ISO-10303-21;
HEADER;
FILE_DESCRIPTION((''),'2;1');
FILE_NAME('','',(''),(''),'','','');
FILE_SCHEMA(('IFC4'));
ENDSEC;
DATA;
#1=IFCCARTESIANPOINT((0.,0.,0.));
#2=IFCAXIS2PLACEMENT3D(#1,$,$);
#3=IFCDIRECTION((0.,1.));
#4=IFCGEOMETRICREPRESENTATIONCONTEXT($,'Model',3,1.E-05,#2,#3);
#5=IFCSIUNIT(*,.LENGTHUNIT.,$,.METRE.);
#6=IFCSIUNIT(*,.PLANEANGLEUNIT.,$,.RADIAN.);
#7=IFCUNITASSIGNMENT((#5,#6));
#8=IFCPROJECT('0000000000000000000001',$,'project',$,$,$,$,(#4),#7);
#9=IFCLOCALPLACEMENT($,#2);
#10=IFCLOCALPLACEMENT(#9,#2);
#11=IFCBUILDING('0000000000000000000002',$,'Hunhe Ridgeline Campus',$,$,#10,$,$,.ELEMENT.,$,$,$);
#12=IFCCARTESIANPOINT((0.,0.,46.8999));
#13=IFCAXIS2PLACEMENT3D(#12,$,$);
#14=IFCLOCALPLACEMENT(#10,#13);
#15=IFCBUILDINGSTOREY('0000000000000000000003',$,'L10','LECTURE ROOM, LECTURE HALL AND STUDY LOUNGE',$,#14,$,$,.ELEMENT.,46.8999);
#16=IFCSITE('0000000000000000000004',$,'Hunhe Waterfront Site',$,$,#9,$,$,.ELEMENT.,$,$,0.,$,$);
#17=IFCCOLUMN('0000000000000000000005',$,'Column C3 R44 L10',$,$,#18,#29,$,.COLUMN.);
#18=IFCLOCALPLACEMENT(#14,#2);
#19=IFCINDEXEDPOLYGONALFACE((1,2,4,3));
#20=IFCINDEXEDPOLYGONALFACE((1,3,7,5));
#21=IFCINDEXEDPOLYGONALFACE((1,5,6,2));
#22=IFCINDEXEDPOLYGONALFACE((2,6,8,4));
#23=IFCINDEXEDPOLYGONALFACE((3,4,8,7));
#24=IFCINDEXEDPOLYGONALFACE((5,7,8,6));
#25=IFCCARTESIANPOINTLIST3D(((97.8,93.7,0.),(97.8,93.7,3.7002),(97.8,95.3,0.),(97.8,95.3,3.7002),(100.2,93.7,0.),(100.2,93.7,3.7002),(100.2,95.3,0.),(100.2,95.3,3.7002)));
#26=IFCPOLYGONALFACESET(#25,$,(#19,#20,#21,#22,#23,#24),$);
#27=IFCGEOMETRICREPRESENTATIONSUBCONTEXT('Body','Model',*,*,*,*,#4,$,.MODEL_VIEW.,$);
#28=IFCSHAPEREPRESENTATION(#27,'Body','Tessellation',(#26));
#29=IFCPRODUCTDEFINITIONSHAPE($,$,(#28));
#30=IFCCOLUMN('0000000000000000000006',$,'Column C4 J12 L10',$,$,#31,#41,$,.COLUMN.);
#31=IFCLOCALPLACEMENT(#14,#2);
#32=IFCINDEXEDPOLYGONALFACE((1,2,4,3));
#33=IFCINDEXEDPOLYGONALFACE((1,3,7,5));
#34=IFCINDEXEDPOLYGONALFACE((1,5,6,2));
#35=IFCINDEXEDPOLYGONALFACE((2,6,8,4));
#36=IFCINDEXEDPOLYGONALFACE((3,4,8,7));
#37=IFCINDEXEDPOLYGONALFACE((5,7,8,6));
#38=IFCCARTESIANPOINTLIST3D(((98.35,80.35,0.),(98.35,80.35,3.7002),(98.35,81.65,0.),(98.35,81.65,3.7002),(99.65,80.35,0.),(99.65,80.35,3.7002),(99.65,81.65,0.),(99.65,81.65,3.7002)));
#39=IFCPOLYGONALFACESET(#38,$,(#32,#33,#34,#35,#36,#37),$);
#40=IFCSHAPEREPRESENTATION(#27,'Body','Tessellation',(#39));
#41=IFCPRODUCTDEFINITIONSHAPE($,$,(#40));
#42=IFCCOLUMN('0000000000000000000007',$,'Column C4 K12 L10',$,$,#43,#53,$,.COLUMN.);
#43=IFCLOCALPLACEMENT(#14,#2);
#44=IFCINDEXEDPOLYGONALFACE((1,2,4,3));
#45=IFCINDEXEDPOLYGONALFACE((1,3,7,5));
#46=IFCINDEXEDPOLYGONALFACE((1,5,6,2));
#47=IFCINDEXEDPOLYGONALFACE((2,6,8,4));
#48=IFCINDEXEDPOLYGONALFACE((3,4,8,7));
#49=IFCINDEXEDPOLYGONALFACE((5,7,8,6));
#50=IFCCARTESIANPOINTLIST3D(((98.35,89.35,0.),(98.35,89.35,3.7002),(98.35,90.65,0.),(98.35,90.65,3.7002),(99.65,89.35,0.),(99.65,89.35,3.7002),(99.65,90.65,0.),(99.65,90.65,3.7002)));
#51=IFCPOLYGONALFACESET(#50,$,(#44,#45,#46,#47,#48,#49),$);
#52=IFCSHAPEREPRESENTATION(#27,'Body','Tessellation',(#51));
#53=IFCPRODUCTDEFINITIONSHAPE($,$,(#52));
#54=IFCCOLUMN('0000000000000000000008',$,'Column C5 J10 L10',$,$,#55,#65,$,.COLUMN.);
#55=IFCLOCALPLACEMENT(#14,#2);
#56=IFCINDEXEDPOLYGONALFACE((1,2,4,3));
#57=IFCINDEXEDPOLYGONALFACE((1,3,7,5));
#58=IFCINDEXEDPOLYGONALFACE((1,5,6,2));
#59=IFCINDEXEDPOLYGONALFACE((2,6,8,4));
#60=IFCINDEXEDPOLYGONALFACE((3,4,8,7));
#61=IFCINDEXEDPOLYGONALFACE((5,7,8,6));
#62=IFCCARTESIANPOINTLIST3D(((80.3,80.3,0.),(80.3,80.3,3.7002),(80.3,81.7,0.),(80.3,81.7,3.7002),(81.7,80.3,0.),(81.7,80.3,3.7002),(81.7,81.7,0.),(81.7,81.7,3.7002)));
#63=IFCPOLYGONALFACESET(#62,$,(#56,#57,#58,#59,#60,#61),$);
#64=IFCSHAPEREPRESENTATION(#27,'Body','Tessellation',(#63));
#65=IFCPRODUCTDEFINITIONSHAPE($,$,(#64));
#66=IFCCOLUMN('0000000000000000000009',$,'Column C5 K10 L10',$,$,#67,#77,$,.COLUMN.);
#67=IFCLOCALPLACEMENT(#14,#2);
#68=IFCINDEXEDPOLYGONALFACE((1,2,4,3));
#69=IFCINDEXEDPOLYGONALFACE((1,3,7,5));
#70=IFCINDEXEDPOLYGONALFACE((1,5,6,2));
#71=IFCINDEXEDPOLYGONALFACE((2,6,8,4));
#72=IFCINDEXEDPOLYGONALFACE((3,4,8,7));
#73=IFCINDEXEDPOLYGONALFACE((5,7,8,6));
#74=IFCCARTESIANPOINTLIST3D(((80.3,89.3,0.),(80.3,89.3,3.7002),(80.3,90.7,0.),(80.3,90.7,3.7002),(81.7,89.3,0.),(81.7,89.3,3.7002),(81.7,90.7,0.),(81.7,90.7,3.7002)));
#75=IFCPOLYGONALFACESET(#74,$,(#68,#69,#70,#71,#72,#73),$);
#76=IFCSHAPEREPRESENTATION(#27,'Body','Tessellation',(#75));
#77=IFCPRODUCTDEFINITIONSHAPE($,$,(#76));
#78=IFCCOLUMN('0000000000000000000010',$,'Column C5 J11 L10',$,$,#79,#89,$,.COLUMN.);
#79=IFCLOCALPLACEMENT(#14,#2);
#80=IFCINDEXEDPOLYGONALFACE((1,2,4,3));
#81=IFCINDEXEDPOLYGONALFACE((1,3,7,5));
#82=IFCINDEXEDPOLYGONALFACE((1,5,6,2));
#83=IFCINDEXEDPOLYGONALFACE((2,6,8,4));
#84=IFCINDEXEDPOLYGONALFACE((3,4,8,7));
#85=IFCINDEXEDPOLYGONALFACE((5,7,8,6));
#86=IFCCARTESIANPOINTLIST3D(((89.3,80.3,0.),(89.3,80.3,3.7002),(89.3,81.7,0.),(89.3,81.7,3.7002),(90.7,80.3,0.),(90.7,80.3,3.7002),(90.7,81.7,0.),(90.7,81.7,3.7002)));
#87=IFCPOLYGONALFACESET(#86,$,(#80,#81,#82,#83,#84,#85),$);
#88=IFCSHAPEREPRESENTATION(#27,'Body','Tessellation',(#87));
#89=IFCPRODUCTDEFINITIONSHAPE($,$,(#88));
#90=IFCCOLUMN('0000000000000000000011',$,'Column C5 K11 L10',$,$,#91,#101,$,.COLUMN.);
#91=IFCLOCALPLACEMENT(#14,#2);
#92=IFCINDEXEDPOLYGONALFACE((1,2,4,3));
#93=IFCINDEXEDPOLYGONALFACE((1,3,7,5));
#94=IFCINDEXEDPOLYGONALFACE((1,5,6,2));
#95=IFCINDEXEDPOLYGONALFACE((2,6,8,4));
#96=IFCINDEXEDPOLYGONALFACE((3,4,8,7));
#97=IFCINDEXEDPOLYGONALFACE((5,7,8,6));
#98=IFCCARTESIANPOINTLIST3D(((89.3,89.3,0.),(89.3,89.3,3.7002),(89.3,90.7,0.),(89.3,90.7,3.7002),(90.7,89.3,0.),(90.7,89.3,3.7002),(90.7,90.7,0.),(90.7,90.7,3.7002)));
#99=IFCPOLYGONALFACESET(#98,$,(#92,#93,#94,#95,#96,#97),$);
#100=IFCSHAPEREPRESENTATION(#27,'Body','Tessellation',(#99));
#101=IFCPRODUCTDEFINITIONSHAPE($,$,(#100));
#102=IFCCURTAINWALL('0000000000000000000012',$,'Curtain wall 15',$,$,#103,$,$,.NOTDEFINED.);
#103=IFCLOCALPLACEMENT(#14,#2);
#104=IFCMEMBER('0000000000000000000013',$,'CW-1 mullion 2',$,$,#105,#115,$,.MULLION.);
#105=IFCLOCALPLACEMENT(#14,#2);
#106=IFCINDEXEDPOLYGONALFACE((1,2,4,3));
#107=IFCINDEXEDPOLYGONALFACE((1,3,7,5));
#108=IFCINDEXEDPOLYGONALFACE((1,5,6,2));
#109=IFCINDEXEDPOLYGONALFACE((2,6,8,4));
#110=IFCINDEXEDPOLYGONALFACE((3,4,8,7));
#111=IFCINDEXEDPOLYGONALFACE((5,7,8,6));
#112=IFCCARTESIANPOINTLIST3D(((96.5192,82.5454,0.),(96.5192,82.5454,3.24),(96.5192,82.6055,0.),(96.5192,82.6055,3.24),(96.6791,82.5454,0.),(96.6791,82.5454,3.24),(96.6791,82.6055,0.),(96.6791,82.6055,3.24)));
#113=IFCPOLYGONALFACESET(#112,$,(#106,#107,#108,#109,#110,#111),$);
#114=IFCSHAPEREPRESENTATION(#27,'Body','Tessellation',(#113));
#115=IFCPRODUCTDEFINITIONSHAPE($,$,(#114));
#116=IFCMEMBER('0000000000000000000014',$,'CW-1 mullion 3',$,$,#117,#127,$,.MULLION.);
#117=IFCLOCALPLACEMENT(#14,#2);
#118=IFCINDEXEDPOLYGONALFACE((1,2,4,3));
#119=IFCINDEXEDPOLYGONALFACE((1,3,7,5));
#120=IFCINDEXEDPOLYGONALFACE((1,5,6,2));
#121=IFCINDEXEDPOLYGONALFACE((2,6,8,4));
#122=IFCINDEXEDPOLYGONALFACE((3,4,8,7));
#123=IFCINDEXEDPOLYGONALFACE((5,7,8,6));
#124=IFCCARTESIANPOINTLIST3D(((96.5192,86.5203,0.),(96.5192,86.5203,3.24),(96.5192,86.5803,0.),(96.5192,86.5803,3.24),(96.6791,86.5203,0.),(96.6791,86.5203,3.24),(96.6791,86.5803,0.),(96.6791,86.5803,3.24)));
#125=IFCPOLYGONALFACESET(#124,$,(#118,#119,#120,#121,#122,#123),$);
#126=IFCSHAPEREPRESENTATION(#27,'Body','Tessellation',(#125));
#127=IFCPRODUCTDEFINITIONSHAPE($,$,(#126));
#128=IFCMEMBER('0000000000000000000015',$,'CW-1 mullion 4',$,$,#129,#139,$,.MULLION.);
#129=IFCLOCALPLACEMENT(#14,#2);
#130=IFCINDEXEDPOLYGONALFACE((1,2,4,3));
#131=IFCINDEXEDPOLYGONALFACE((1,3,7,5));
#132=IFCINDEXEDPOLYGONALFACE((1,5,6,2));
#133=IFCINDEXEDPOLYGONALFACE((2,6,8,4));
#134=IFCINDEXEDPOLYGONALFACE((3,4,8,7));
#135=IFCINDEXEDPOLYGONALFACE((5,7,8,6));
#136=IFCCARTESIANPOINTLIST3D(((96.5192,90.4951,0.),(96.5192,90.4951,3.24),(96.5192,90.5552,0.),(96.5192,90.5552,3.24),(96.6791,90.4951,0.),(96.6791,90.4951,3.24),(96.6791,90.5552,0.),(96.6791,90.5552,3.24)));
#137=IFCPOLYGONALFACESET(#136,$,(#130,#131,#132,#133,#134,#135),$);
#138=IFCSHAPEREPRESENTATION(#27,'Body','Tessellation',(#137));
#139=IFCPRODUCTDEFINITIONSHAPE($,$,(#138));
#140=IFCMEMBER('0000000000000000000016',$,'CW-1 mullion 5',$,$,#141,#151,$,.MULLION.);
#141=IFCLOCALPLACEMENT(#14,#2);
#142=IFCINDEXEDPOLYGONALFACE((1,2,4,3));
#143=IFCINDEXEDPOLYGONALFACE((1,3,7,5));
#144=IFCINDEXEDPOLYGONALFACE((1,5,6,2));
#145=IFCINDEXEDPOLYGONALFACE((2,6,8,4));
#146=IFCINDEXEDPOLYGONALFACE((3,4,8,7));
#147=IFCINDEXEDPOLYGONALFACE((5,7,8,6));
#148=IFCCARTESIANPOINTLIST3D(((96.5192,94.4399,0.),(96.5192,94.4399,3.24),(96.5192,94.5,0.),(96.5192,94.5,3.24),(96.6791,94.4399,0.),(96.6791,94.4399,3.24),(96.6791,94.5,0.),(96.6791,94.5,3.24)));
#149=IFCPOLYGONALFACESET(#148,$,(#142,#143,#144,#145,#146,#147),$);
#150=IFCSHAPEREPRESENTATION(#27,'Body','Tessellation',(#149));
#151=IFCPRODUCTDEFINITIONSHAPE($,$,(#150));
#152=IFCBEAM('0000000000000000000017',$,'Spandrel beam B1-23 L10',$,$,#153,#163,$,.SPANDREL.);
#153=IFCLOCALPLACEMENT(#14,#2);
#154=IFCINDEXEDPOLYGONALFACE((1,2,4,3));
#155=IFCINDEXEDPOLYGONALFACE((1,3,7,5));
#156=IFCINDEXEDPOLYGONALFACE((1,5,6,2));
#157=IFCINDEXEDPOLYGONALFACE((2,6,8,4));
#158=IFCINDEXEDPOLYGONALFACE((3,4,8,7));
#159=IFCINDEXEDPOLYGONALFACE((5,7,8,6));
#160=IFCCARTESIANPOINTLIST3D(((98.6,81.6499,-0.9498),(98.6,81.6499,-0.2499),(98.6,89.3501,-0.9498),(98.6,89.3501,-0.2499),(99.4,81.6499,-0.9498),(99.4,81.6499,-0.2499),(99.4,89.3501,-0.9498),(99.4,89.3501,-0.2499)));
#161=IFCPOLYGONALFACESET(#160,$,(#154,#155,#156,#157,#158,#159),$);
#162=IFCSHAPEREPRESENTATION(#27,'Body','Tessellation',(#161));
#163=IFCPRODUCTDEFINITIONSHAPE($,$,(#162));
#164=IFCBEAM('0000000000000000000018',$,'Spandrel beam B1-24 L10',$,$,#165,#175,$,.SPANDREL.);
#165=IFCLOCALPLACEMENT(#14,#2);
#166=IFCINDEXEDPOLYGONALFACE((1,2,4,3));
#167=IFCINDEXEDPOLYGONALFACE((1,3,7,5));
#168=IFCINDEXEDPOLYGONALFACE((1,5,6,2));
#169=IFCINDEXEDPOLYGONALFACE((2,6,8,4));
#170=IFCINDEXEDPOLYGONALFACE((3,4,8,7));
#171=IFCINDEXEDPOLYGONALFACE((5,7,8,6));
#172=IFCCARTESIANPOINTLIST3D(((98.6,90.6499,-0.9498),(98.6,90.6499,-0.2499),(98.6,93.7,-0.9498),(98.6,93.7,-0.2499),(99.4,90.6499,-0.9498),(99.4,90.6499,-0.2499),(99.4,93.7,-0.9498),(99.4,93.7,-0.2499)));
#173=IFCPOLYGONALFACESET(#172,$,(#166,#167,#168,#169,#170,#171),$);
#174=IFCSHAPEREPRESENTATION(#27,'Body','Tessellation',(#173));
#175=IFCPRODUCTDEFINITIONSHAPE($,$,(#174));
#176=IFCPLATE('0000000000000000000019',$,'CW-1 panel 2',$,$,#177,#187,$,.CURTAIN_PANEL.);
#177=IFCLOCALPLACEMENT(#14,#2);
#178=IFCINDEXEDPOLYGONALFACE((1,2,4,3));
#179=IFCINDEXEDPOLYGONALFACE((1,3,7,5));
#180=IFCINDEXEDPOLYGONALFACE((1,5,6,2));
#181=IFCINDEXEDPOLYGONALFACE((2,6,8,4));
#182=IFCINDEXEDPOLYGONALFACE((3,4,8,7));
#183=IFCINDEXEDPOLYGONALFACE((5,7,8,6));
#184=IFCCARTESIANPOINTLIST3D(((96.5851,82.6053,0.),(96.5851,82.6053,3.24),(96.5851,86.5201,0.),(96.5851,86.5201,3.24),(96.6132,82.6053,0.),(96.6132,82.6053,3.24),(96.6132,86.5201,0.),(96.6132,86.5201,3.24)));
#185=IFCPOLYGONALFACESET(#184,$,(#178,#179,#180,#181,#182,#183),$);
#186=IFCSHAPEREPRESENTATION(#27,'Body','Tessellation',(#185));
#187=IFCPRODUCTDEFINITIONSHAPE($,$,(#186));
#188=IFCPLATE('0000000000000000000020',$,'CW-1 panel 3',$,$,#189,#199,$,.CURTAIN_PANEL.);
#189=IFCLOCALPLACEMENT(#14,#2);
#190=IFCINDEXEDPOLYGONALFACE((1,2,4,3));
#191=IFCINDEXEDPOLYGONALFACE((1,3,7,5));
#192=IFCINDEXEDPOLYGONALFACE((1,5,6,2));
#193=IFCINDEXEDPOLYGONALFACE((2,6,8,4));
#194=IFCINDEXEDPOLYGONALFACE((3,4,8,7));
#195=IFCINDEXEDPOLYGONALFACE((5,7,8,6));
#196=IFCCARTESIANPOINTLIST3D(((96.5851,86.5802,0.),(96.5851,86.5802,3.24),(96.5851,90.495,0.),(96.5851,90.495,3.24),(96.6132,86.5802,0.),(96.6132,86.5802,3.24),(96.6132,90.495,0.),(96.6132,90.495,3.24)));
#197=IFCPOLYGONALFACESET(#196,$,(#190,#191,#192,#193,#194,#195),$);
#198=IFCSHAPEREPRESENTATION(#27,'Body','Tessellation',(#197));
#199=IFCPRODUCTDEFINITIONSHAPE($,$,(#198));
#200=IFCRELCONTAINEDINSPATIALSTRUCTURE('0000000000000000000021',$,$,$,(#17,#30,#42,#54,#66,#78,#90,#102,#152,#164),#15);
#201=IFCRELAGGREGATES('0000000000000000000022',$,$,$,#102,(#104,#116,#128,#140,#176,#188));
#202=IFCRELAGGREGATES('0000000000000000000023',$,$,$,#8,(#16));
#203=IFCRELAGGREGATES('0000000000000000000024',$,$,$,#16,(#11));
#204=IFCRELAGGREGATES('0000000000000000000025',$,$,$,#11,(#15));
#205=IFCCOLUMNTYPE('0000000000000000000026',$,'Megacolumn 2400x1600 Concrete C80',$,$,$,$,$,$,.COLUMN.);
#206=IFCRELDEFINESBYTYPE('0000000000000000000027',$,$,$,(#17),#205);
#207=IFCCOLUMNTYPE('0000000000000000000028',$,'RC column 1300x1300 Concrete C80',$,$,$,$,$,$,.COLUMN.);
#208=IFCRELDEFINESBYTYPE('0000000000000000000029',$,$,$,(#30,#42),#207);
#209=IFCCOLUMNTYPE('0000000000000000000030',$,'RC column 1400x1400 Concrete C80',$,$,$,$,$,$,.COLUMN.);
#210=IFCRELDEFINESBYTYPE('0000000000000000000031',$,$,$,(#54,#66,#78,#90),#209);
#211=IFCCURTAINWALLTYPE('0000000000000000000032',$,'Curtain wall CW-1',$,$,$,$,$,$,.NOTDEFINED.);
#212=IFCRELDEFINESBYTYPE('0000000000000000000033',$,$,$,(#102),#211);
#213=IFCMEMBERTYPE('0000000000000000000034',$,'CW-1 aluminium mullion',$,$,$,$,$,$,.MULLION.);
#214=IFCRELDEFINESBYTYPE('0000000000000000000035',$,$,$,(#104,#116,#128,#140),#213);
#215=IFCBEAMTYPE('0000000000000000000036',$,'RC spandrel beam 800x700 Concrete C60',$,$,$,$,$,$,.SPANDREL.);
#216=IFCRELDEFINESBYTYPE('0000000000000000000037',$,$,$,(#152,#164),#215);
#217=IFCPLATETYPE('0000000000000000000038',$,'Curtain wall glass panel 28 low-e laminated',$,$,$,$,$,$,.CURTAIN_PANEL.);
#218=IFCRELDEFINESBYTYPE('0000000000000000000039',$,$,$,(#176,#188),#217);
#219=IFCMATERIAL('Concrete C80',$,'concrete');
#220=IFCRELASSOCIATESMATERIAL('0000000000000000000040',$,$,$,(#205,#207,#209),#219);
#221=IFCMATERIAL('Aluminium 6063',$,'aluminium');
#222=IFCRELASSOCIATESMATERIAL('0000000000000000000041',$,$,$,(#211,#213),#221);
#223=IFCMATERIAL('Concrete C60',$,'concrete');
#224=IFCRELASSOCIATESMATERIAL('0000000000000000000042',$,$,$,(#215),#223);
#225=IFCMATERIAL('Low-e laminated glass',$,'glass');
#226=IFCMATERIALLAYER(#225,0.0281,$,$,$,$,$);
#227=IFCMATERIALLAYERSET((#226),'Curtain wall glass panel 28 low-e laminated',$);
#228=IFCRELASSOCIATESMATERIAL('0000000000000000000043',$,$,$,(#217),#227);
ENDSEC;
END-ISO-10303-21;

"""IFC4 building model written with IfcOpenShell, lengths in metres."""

from ifc_helpers import new_model, si_unit, direction, frame, origin, origin_2d, place, context, subcontext, project, spatial, rectangle, extrude, material, layer, layer_set, material_profile, profile_set, type_object, element, aggregate, save


model = new_model("IFC4")

# Units and contexts
model_context = context("Model", 3, precision=1e-05, world=origin(), true_north=direction((0.0, 1.0)))
body_context = subcontext(model_context, "Body", "Model", "MODEL_VIEW")
ifc_project = project(units=[si_unit("LENGTHUNIT", "METRE"), si_unit("PLANEANGLEUNIT", "RADIAN")], contexts=[model_context])

# Site, building, storey
site_placement = place(None, origin())
site = spatial("IfcSite", under=ifc_project, at=site_placement, Name="Hunhe Waterfront Site", CompositionType="ELEMENT", RefElevation=0.0)
building_placement = place(site_placement, origin())
building = spatial("IfcBuilding", under=site, at=building_placement, Name="Hunhe Ridgeline Campus", CompositionType="ELEMENT")
storey_placement = place(building_placement, frame((0.0, 0.0, 46.8999)))
storey = spatial("IfcBuildingStorey", under=building, at=storey_placement, Name="L10", Description="LECTURE ROOM, LECTURE HALL AND STUDY LOUNGE", CompositionType="ELEMENT", Elevation=46.8999)

# Columns
ifc_material_1 = material(Name="Concrete C80", Category="concrete")
ifc_material_profile_1 = material_profile(ifc_material_1, rectangle(XDim=2.3999, YDim=1.6001, at=origin_2d()))
ifc_profile_set_1 = profile_set([ifc_material_profile_1], Name="Concrete C80")
column_type_1 = type_object("IfcColumnType", Name="Megacolumn 2400x1600 Concrete C80", PredefinedType="COLUMN", material=ifc_profile_set_1)
column_placement = place(storey_placement, frame((99.0, 94.5, 0.0), z_axis=(0.0, 0.0, 1.0), x_axis=(1.0, 0.0, 0.0)))
element("IfcColumn", 1, at=column_placement, inside=storey, type_object=column_type_1, Name="Column C3 R44 L10", PredefinedType="COLUMN", context=body_context, shape_type="SweptSolid", body=[
    extrude(rectangle(XDim=2.3999, YDim=1.6001, at=origin_2d()), origin(), (0.0, 0.0, 1.0), 3.7002),
])
ifc_material_profile_2 = material_profile(ifc_material_1, rectangle(XDim=1.3, YDim=1.3, at=origin_2d()))
ifc_profile_set_2 = profile_set([ifc_material_profile_2], Name="Concrete C80")
column_type_2 = type_object("IfcColumnType", Name="RC column 1300x1300 Concrete C80", PredefinedType="COLUMN", material=ifc_profile_set_2)
for number, where, z_axis, x_axis, name in (
    (2, (99.0, 81.0, 0.0), (0.0, 0.0, 1.0), (1.0, 0.0, 0.0), "Column C4 J12 L10"),
    (3, (99.0, 90.0, 0.0), (0.0, 0.0, 1.0), (1.0, 0.0, 0.0), "Column C4 K12 L10"),
):
    element("IfcColumn", number, at=place(storey_placement, frame(where, z_axis=z_axis, x_axis=x_axis)), inside=storey, type_object=column_type_2, Name=name, PredefinedType="COLUMN", context=body_context, shape_type="SweptSolid", body=[
        extrude(rectangle(XDim=1.3, YDim=1.3, at=origin_2d()), origin(), (0.0, 0.0, 1.0), 3.7002),
    ])
ifc_material_profile_3 = material_profile(ifc_material_1, rectangle(XDim=1.3999, YDim=1.3999, at=origin_2d()))
ifc_profile_set_3 = profile_set([ifc_material_profile_3], Name="Concrete C80")
column_type_3 = type_object("IfcColumnType", Name="RC column 1400x1400 Concrete C80", PredefinedType="COLUMN", material=ifc_profile_set_3)
for number, where, z_axis, x_axis, name in (
    (4, (81.0, 81.0, 0.0), (0.0, 0.0, 1.0), (1.0, 0.0, 0.0), "Column C5 J10 L10"),
    (5, (81.0, 90.0, 0.0), (0.0, 0.0, 1.0), (1.0, 0.0, 0.0), "Column C5 K10 L10"),
    (6, (90.0, 81.0, 0.0), (0.0, 0.0, 1.0), (1.0, 0.0, 0.0), "Column C5 J11 L10"),
    (7, (90.0, 90.0, 0.0), (0.0, 0.0, 1.0), (1.0, 0.0, 0.0), "Column C5 K11 L10"),
):
    element("IfcColumn", number, at=place(storey_placement, frame(where, z_axis=z_axis, x_axis=x_axis)), inside=storey, type_object=column_type_3, Name=name, PredefinedType="COLUMN", context=body_context, shape_type="SweptSolid", body=[
        extrude(rectangle(XDim=1.3999, YDim=1.3999, at=origin_2d()), origin(), (0.0, 0.0, 1.0), 3.7002),
    ])

# Curtain wall, members
ifc_material_2 = material(Name="Aluminium 6063", Category="aluminium")
curtain_wall_type = type_object("IfcCurtainWallType", Name="Curtain wall CW-1", PredefinedType="NOTDEFINED", material=ifc_material_2)
curtain_wall_placement = place(storey_placement, origin())
curtain_wall = element("IfcCurtainWall", 8, at=curtain_wall_placement, inside=storey, type_object=curtain_wall_type, Name="Curtain wall 15", PredefinedType="NOTDEFINED")
ifc_material_profile_4 = material_profile(ifc_material_2, rectangle(XDim=0.1599, YDim=0.0601, at=origin_2d()))
ifc_profile_set_4 = profile_set([ifc_material_profile_4], Name="Aluminium 6063")
member_type = type_object("IfcMemberType", Name="CW-1 aluminium mullion", PredefinedType="MULLION", material=ifc_profile_set_4)
member_1_placement = place(storey_placement, frame((96.5991, 82.5754, 0.0), z_axis=(0.0, 0.0, 1.0), x_axis=(-1.0, 0.0, 0.0)))
member_1 = element("IfcMember", 9, at=member_1_placement, type_object=member_type, Name="CW-1 mullion 2", PredefinedType="MULLION", context=body_context, shape_type="SweptSolid", body=[
    extrude(rectangle(XDim=0.1599, YDim=0.0601, at=origin_2d()), origin(), (0.0, 0.0, 1.0), 3.24),
])
member_2_placement = place(storey_placement, frame((96.5991, 86.5503, 0.0), z_axis=(0.0, 0.0, 1.0), x_axis=(-1.0, 0.0, 0.0)))
member_2 = element("IfcMember", 10, at=member_2_placement, type_object=member_type, Name="CW-1 mullion 3", PredefinedType="MULLION", context=body_context, shape_type="SweptSolid", body=[
    extrude(rectangle(XDim=0.1599, YDim=0.0601, at=origin_2d()), origin(), (0.0, 0.0, 1.0), 3.24),
])
member_3_placement = place(storey_placement, frame((96.5991, 90.5251, 0.0), z_axis=(0.0, 0.0, 1.0), x_axis=(-1.0, 0.0, 0.0)))
member_3 = element("IfcMember", 11, at=member_3_placement, type_object=member_type, Name="CW-1 mullion 4", PredefinedType="MULLION", context=body_context, shape_type="SweptSolid", body=[
    extrude(rectangle(XDim=0.1599, YDim=0.0601, at=origin_2d()), origin(), (0.0, 0.0, 1.0), 3.24),
])
member_4_placement = place(storey_placement, frame((96.5991, 94.47, 0.0), z_axis=(0.0, 0.0, 1.0), x_axis=(-1.0, 0.0, 0.0)))
member_4 = element("IfcMember", 12, at=member_4_placement, type_object=member_type, Name="CW-1 mullion 5", PredefinedType="MULLION", context=body_context, shape_type="SweptSolid", body=[
    extrude(rectangle(XDim=0.1599, YDim=0.0601, at=origin_2d()), origin(), (0.0, 0.0, 1.0), 3.24),
])

# Beams
ifc_material_3 = material(Name="Concrete C60", Category="concrete")
ifc_material_profile_5 = material_profile(ifc_material_3, rectangle(XDim=0.8, YDim=0.7, at=origin_2d()))
ifc_profile_set_5 = profile_set([ifc_material_profile_5], Name="Concrete C60")
beam_type = type_object("IfcBeamType", Name="RC spandrel beam 800x700 Concrete C60", PredefinedType="SPANDREL", material=ifc_profile_set_5)
beam_1_placement = place(storey_placement, frame((99.0, 81.6499, -0.5999), z_axis=(0.0, 1.0, 0.0), x_axis=(-1.0, 0.0, 0.0)))
element("IfcBeam", 13, at=beam_1_placement, inside=storey, type_object=beam_type, Name="Spandrel beam B1-23 L10", PredefinedType="SPANDREL", context=body_context, shape_type="SweptSolid", body=[
    extrude(rectangle(XDim=0.8, YDim=0.7, at=origin_2d()), origin(), (0.0, 0.0, 1.0), 7.7002),
])
beam_2_placement = place(storey_placement, frame((99.0, 90.6499, -0.5999), z_axis=(0.0, 1.0, 0.0), x_axis=(-1.0, 0.0, 0.0)))
element("IfcBeam", 14, at=beam_2_placement, inside=storey, type_object=beam_type, Name="Spandrel beam B1-24 L10", PredefinedType="SPANDREL", context=body_context, shape_type="SweptSolid", body=[
    extrude(rectangle(XDim=0.8, YDim=0.7, at=origin_2d()), origin(), (0.0, 0.0, 1.0), 3.05),
])

# Plates
ifc_material_4 = material(Name="Low-e laminated glass", Category="glass")
ifc_layer_1 = layer(ifc_material_4, 0.0281)
ifc_layer_set_1 = layer_set([ifc_layer_1], Name="Curtain wall glass panel 28 low-e laminated")
plate_type = type_object("IfcPlateType", Name="Curtain wall glass panel 28 low-e laminated", PredefinedType="CURTAIN_PANEL", material=ifc_layer_set_1)
plate_1_placement = place(storey_placement, frame((96.5991, 84.5627, 0.0), z_axis=(0.0, 0.0, 1.0), x_axis=(0.0, 1.0, 0.0)))
plate_1 = element("IfcPlate", 15, at=plate_1_placement, type_object=plate_type, Name="CW-1 panel 2", PredefinedType="CURTAIN_PANEL", context=body_context, shape_type="SweptSolid", body=[
    extrude(rectangle(XDim=3.9148, YDim=0.0281, at=origin_2d()), origin(), (0.0, 0.0, 1.0), 3.24),
])
plate_2_placement = place(storey_placement, frame((96.5991, 88.5376, 0.0), z_axis=(0.0, 0.0, 1.0), x_axis=(0.0, 1.0, 0.0)))
plate_2 = element("IfcPlate", 16, at=plate_2_placement, type_object=plate_type, Name="CW-1 panel 3", PredefinedType="CURTAIN_PANEL", context=body_context, shape_type="SweptSolid", body=[
    extrude(rectangle(XDim=3.9148, YDim=0.0281, at=origin_2d()), origin(), (0.0, 0.0, 1.0), 3.24),
])
aggregate(curtain_wall, [member_1, member_2, member_3, member_4, plate_1, plate_2])

save(model, "model.ifc")
